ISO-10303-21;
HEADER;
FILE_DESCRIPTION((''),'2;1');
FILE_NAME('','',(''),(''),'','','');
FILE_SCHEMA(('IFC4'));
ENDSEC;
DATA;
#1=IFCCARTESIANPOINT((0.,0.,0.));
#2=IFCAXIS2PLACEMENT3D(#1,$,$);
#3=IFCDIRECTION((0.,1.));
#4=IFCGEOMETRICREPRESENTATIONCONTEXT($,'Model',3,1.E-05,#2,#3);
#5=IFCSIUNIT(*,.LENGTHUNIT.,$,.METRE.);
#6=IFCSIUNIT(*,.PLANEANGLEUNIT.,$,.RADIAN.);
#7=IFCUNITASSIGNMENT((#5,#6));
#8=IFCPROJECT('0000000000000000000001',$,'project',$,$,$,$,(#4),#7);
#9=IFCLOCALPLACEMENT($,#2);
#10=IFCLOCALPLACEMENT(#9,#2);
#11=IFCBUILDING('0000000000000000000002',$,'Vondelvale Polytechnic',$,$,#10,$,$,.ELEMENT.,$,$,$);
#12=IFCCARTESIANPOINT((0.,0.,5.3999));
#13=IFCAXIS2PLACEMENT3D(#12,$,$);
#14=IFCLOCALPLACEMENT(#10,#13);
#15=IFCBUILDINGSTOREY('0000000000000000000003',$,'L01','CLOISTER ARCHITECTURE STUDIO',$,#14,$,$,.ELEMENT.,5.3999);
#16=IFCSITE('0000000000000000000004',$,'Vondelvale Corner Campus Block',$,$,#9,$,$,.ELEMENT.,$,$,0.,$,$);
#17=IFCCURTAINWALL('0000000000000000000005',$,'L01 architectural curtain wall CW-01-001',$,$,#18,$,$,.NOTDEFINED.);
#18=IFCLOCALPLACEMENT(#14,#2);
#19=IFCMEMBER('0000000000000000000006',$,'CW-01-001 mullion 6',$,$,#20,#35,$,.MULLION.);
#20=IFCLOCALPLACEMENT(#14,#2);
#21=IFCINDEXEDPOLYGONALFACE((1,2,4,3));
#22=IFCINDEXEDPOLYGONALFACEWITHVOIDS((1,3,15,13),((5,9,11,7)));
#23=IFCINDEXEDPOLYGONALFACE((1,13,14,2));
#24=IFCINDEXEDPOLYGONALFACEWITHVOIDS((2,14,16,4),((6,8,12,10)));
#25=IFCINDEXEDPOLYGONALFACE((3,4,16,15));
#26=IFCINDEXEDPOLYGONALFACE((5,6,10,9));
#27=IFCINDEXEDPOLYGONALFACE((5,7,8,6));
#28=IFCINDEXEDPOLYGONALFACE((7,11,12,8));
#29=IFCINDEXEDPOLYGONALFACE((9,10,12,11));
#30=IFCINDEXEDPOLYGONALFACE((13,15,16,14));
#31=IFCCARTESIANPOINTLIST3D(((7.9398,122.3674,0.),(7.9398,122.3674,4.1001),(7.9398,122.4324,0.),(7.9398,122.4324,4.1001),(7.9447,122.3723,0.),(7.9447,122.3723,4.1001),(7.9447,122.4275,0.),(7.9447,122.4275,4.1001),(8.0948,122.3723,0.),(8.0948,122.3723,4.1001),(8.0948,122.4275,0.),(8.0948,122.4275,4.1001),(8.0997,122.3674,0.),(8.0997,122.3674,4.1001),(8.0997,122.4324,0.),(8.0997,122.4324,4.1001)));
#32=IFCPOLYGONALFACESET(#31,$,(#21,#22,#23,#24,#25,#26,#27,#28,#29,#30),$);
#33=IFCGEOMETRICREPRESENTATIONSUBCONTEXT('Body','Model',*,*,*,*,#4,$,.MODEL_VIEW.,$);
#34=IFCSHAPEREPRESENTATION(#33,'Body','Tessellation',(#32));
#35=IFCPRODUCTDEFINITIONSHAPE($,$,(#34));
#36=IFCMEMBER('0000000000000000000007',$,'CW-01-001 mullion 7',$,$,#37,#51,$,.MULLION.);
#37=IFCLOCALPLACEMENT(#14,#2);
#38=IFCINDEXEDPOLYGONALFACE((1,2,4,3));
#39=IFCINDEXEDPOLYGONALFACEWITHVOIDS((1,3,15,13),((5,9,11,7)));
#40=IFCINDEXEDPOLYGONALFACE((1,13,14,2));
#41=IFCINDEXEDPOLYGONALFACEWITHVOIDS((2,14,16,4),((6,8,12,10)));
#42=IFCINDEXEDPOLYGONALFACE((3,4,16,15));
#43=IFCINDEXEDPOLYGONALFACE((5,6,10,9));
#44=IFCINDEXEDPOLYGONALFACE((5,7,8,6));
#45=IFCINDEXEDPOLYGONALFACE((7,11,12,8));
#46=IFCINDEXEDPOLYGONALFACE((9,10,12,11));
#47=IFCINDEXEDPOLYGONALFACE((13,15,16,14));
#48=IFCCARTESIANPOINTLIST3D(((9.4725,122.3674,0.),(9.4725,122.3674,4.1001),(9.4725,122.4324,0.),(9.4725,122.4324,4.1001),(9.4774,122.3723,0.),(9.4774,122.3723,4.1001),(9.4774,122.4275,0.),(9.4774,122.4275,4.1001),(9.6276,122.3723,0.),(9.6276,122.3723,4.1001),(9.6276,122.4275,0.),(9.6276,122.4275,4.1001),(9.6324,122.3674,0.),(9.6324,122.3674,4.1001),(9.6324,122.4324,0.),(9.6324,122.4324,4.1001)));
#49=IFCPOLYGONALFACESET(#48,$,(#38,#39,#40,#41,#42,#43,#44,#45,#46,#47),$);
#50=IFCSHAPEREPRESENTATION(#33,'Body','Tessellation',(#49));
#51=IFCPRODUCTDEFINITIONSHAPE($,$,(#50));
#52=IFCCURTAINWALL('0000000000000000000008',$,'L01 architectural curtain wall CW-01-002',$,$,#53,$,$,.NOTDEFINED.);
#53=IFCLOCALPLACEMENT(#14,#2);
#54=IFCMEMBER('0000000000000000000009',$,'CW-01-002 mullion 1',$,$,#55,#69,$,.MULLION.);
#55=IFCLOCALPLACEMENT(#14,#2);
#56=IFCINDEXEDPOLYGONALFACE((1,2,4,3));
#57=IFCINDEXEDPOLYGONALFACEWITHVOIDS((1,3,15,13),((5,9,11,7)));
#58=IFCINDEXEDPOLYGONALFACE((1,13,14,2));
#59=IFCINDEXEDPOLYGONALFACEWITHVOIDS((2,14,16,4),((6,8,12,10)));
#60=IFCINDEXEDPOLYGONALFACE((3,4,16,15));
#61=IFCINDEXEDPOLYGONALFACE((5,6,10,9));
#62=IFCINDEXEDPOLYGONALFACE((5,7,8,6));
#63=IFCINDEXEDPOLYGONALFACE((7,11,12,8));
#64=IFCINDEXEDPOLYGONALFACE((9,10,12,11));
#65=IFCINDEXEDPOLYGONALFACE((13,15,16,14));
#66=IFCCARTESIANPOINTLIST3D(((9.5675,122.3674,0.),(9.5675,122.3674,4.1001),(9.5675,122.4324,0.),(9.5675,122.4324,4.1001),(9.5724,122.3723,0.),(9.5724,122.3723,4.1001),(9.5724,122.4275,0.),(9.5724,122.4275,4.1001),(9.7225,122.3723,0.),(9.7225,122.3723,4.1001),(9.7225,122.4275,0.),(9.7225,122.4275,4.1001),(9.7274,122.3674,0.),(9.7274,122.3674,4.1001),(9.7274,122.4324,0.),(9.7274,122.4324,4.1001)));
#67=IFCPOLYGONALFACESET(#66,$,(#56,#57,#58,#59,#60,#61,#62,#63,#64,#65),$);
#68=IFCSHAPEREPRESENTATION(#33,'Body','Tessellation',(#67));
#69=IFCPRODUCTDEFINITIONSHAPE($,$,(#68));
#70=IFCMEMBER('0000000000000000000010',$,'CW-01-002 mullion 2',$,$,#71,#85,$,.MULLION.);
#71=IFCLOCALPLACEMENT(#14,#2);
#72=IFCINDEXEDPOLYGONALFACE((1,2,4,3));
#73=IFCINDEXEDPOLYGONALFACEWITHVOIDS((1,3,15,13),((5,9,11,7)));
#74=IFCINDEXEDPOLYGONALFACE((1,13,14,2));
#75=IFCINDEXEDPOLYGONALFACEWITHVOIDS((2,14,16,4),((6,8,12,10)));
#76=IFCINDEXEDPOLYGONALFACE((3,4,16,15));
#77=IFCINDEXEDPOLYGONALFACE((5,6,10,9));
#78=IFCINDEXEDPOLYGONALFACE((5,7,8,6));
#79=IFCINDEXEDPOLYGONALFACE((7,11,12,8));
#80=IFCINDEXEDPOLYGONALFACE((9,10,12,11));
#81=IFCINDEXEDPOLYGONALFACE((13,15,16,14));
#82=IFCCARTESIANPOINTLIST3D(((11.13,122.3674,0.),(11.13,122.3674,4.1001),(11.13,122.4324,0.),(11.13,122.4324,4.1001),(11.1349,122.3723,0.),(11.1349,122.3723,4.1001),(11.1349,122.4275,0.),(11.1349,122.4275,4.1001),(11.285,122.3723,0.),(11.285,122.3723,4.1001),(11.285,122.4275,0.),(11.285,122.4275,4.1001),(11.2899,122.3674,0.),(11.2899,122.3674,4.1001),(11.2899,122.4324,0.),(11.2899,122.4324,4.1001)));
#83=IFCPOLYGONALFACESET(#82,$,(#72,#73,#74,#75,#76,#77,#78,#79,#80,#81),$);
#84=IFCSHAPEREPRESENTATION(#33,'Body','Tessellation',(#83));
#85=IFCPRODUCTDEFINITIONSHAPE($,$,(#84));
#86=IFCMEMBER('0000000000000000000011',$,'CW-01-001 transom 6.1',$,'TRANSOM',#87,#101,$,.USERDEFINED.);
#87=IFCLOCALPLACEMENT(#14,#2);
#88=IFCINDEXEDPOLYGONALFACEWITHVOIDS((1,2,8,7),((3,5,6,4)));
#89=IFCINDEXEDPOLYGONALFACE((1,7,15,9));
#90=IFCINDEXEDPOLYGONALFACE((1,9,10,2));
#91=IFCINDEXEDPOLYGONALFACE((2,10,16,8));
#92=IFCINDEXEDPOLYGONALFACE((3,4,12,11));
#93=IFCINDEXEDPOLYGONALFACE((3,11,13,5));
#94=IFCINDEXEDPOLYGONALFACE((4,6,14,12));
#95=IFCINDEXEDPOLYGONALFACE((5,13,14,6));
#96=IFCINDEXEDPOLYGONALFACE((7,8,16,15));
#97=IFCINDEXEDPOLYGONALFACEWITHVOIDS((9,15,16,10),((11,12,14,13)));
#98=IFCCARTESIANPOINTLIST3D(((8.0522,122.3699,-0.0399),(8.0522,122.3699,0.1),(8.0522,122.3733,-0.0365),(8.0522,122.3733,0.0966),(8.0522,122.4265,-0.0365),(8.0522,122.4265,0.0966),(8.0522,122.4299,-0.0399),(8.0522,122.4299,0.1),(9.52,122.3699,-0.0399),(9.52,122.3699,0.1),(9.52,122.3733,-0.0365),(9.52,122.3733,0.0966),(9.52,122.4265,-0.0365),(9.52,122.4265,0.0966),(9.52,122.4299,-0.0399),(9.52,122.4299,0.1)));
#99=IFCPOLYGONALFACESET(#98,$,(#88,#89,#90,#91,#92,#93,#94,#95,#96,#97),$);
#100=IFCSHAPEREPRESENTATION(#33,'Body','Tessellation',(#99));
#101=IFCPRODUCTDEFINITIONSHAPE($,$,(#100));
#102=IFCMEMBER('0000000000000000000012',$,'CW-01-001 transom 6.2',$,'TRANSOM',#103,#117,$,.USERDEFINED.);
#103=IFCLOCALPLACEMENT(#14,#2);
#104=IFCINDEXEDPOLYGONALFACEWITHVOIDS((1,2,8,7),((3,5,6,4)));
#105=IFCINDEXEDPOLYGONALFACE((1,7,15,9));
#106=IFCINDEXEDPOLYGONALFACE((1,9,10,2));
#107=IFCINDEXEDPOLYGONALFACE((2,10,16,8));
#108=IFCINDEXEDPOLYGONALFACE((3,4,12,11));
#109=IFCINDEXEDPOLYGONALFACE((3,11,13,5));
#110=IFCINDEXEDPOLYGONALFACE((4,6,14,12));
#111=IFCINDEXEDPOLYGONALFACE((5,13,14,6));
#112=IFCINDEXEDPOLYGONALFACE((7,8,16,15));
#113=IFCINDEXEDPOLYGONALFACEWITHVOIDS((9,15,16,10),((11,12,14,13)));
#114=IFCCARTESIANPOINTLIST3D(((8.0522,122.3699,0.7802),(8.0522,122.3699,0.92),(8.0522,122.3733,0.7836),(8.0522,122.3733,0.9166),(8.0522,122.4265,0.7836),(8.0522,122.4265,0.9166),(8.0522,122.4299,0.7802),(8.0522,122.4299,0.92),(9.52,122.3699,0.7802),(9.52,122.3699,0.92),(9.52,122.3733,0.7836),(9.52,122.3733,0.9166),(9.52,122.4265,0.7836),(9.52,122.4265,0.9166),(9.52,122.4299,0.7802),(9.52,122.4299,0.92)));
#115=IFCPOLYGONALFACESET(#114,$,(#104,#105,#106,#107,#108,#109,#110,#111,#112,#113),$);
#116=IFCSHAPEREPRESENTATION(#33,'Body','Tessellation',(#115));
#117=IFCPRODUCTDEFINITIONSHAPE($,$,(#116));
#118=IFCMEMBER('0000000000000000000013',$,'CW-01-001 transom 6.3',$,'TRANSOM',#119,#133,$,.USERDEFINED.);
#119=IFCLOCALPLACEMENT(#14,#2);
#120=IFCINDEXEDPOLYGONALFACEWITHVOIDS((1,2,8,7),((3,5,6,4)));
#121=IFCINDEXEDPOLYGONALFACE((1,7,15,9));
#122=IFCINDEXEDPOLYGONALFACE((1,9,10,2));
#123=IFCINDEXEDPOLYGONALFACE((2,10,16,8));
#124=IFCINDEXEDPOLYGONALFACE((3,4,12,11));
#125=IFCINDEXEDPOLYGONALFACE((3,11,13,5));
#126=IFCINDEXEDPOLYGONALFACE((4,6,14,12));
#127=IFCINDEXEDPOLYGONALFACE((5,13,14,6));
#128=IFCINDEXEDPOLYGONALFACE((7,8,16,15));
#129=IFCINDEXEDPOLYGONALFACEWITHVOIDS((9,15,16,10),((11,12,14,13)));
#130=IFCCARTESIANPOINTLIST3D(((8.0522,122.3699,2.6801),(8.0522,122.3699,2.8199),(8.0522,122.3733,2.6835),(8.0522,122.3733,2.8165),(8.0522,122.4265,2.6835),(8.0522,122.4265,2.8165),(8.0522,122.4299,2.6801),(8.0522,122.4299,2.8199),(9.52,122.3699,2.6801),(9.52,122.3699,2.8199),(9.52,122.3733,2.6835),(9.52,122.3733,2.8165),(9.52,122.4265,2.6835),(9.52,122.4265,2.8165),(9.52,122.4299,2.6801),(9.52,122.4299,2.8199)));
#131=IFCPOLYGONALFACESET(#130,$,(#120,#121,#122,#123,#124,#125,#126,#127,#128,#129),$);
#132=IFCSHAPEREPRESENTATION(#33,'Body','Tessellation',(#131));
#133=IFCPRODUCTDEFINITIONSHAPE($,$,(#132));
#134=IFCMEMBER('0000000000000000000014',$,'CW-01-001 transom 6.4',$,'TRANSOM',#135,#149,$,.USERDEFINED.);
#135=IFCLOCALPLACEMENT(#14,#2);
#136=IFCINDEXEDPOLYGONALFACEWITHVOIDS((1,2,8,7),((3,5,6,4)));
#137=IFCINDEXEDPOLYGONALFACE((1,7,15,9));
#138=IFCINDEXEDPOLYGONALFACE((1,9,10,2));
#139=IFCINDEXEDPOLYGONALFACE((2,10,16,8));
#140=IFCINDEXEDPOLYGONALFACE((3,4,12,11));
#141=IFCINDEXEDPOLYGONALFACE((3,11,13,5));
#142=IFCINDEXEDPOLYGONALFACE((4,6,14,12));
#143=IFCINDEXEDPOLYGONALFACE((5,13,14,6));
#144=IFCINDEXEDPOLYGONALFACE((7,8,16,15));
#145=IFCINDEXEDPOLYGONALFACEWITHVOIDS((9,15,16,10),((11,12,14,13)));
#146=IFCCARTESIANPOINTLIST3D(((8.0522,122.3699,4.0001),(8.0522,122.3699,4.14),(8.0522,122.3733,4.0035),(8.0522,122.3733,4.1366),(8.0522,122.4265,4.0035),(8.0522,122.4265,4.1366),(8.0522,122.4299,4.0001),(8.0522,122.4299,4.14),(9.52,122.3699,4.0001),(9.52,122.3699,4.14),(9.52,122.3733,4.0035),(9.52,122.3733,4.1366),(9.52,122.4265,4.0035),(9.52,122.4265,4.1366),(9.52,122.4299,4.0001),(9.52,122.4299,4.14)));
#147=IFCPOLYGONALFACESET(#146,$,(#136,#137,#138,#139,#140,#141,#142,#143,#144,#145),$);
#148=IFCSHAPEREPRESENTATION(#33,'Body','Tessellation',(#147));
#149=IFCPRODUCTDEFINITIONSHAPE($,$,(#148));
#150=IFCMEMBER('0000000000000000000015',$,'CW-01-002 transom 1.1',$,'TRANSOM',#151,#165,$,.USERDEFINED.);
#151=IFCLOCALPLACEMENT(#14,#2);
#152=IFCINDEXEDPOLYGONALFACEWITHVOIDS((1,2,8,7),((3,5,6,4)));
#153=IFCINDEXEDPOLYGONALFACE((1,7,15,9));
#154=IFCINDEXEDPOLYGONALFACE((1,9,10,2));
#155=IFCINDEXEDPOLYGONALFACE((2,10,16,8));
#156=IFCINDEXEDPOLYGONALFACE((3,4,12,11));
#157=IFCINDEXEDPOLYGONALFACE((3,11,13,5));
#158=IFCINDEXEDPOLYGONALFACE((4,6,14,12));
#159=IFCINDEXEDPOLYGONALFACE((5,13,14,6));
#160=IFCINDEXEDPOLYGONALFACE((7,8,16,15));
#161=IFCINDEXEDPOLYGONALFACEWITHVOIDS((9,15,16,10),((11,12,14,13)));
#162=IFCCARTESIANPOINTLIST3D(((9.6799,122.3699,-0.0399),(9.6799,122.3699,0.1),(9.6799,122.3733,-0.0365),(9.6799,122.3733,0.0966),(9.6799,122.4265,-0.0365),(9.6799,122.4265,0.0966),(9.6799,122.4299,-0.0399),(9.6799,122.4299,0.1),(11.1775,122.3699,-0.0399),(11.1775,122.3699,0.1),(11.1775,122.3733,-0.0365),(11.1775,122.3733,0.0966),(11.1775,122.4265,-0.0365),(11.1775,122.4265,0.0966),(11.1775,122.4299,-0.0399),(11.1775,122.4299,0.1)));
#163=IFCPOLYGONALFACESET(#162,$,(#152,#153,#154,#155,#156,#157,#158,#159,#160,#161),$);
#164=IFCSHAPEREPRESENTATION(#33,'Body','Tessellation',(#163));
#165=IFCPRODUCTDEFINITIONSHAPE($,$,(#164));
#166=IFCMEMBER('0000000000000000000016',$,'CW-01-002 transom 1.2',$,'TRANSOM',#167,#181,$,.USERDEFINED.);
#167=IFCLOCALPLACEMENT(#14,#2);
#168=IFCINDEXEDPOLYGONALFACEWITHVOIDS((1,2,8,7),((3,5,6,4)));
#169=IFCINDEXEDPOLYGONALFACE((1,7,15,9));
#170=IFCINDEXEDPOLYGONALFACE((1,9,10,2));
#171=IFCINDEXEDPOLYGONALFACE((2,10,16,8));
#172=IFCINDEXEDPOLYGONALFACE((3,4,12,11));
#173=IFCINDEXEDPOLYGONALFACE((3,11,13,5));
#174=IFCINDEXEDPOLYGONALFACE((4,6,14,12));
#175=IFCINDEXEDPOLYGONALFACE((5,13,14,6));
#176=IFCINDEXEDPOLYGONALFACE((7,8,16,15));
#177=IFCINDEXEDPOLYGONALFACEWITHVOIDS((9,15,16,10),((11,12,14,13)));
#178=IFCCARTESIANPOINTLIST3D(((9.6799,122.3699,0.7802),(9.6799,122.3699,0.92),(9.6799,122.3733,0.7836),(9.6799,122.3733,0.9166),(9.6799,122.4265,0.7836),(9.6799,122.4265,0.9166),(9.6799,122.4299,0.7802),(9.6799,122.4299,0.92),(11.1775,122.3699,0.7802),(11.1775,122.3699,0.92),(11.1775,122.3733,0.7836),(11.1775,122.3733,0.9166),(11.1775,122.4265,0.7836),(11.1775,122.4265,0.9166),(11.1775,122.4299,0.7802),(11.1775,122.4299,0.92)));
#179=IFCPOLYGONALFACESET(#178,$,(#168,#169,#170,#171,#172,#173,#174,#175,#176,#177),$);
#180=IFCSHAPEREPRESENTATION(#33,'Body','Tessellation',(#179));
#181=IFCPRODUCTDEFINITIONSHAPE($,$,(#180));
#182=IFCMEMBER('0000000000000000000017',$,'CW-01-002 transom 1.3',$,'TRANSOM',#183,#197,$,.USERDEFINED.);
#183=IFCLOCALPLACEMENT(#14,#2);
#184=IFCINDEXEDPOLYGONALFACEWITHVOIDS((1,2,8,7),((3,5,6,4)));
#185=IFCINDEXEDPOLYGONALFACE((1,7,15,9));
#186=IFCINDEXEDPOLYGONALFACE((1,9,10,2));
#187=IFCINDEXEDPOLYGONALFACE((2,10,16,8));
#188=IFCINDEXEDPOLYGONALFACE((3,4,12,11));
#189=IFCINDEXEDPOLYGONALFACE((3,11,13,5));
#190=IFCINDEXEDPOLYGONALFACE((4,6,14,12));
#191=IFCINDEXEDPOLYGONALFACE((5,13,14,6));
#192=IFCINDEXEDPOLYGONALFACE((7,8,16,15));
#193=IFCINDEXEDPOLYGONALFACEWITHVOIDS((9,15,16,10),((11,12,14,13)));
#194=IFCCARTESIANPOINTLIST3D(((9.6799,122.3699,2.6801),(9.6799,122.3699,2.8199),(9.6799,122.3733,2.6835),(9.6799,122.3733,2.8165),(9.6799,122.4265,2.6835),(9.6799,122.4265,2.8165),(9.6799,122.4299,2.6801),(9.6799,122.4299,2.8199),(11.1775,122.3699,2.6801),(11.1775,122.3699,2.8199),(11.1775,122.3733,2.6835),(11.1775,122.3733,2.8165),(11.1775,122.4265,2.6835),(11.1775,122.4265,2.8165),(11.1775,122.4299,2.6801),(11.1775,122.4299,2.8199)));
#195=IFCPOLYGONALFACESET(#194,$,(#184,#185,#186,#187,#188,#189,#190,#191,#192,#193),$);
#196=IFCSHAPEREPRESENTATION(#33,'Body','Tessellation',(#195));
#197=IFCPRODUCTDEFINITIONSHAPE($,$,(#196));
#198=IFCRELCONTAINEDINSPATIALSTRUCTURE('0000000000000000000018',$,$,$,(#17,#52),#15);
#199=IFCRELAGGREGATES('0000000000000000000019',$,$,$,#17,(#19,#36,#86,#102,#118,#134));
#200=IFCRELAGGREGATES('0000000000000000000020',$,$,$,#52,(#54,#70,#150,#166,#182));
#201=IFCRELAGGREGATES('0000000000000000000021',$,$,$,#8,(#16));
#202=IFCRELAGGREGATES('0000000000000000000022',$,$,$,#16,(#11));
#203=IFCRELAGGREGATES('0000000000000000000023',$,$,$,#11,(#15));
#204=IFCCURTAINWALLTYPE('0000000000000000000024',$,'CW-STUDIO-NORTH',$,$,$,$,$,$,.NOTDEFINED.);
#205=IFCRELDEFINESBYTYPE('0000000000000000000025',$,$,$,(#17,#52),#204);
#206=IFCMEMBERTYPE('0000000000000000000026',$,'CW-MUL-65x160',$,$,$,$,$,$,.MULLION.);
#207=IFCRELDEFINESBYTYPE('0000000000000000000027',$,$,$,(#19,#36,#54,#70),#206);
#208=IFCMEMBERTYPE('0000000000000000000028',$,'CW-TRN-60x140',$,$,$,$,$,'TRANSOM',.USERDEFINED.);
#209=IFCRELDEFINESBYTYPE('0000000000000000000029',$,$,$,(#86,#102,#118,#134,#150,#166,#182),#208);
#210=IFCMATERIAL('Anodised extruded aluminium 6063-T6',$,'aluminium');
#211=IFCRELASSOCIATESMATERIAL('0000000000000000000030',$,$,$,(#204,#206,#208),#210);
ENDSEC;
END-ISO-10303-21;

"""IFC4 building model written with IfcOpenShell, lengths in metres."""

from ifc_helpers import new_model, si_unit, direction, frame, origin, origin_2d, place, context, subcontext, project, spatial, hollow_rectangle, extrude, material, material_profile, profile_set, type_object, element, aggregate, save


model = new_model("IFC4")

# Units and contexts
model_context = context("Model", 3, precision=1e-05, world=origin(), true_north=direction((0.0, 1.0)))
body_context = subcontext(model_context, "Body", "Model", "MODEL_VIEW")
ifc_project = project(units=[si_unit("LENGTHUNIT", "METRE"), si_unit("PLANEANGLEUNIT", "RADIAN")], contexts=[model_context])

# Site, building, storey
site_placement = place(None, origin())
site = spatial("IfcSite", under=ifc_project, at=site_placement, Name="Vondelvale Corner Campus Block", CompositionType="ELEMENT", RefElevation=0.0)
building_placement = place(site_placement, origin())
building = spatial("IfcBuilding", under=site, at=building_placement, Name="Vondelvale Polytechnic", CompositionType="ELEMENT")
storey_placement = place(building_placement, frame((0.0, 0.0, 5.3999)))
storey = spatial("IfcBuildingStorey", under=building, at=storey_placement, Name="L01", Description="CLOISTER ARCHITECTURE STUDIO", CompositionType="ELEMENT", Elevation=5.3999)

# Curtain walls, members
ifc_material_1 = material(Name="Anodised extruded aluminium 6063-T6", Category="aluminium")
curtain_wall_type = type_object("IfcCurtainWallType", Name="CW-STUDIO-NORTH", PredefinedType="NOTDEFINED", material=ifc_material_1)
curtain_wall_1_placement = place(storey_placement, origin())
curtain_wall_1 = element("IfcCurtainWall", 1, at=curtain_wall_1_placement, inside=storey, type_object=curtain_wall_type, Name="L01 architectural curtain wall CW-01-001", PredefinedType="NOTDEFINED")
ifc_material_profile_1 = material_profile(ifc_material_1, hollow_rectangle(XDim=0.0649, YDim=0.1599, WallThickness=0.0049, at=origin_2d()), Name="CW-MUL-160x65")
ifc_profile_set_1 = profile_set([ifc_material_profile_1], Name="Anodised extruded aluminium 6063-T6")
member_type_1 = type_object("IfcMemberType", Name="CW-MUL-65x160", PredefinedType="MULLION", material=ifc_profile_set_1)
member_1_placement = place(storey_placement, frame((8.0198, 122.3999, 0.0), z_axis=(0.0, 0.0, 1.0), x_axis=(0.0, 1.0, 0.0)))
member_1 = element("IfcMember", 2, at=member_1_placement, type_object=member_type_1, Name="CW-01-001 mullion 6", PredefinedType="MULLION", context=body_context, shape_type="SweptSolid", body=[
    extrude(hollow_rectangle(XDim=0.0649, YDim=0.1599, WallThickness=0.0049, at=origin_2d()), origin(), (0.0, 0.0, 1.0), 4.1001),
])
member_2_placement = place(storey_placement, frame((9.5525, 122.3999, 0.0), z_axis=(0.0, 0.0, 1.0), x_axis=(0.0, 1.0, 0.0)))
member_2 = element("IfcMember", 3, at=member_2_placement, type_object=member_type_1, Name="CW-01-001 mullion 7", PredefinedType="MULLION", context=body_context, shape_type="SweptSolid", body=[
    extrude(hollow_rectangle(XDim=0.0649, YDim=0.1599, WallThickness=0.0049, at=origin_2d()), origin(), (0.0, 0.0, 1.0), 4.1001),
])
curtain_wall_2_placement = place(storey_placement, origin())
curtain_wall_2 = element("IfcCurtainWall", 4, at=curtain_wall_2_placement, inside=storey, type_object=curtain_wall_type, Name="L01 architectural curtain wall CW-01-002", PredefinedType="NOTDEFINED")
member_3_placement = place(storey_placement, frame((9.6475, 122.3999, 0.0), z_axis=(0.0, 0.0, 1.0), x_axis=(0.0, 1.0, 0.0)))
member_3 = element("IfcMember", 5, at=member_3_placement, type_object=member_type_1, Name="CW-01-002 mullion 1", PredefinedType="MULLION", context=body_context, shape_type="SweptSolid", body=[
    extrude(hollow_rectangle(XDim=0.0649, YDim=0.1599, WallThickness=0.0049, at=origin_2d()), origin(), (0.0, 0.0, 1.0), 4.1001),
])
member_4_placement = place(storey_placement, frame((11.21, 122.3999, 0.0), z_axis=(0.0, 0.0, 1.0), x_axis=(0.0, 1.0, 0.0)))
member_4 = element("IfcMember", 6, at=member_4_placement, type_object=member_type_1, Name="CW-01-002 mullion 2", PredefinedType="MULLION", context=body_context, shape_type="SweptSolid", body=[
    extrude(hollow_rectangle(XDim=0.0649, YDim=0.1599, WallThickness=0.0049, at=origin_2d()), origin(), (0.0, 0.0, 1.0), 4.1001),
])

# Members
ifc_material_profile_2 = material_profile(ifc_material_1, hollow_rectangle(XDim=0.0601, YDim=0.1399, WallThickness=0.0034, at=origin_2d()), Name="CW-TRN-140x60")
ifc_profile_set_2 = profile_set([ifc_material_profile_2], Name="Anodised extruded aluminium 6063-T6")
member_type_2 = type_object("IfcMemberType", Name="CW-TRN-60x140", ElementType="TRANSOM", PredefinedType="USERDEFINED", material=ifc_profile_set_2)
member_5_placement = place(storey_placement, frame((8.0522, 122.3999, 0.03), z_axis=(1.0, 0.0, 0.0), x_axis=(0.0, 1.0, 0.0)))
member_5 = element("IfcMember", 7, at=member_5_placement, type_object=member_type_2, Name="CW-01-001 transom 6.1", ObjectType="TRANSOM", PredefinedType="USERDEFINED", context=body_context, shape_type="SweptSolid", body=[
    extrude(hollow_rectangle(XDim=0.0601, YDim=0.1399, WallThickness=0.0034, at=origin_2d()), origin(), (0.0, 0.0, 1.0), 1.4678),
])
member_6_placement = place(storey_placement, frame((8.0522, 122.3999, 0.8501), z_axis=(1.0, 0.0, 0.0), x_axis=(0.0, 1.0, 0.0)))
member_6 = element("IfcMember", 8, at=member_6_placement, type_object=member_type_2, Name="CW-01-001 transom 6.2", ObjectType="TRANSOM", PredefinedType="USERDEFINED", context=body_context, shape_type="SweptSolid", body=[
    extrude(hollow_rectangle(XDim=0.0601, YDim=0.1399, WallThickness=0.0034, at=origin_2d()), origin(), (0.0, 0.0, 1.0), 1.4678),
])
member_7_placement = place(storey_placement, frame((8.0522, 122.3999, 2.75), z_axis=(1.0, 0.0, 0.0), x_axis=(0.0, 1.0, 0.0)))
member_7 = element("IfcMember", 9, at=member_7_placement, type_object=member_type_2, Name="CW-01-001 transom 6.3", ObjectType="TRANSOM", PredefinedType="USERDEFINED", context=body_context, shape_type="SweptSolid", body=[
    extrude(hollow_rectangle(XDim=0.0601, YDim=0.1399, WallThickness=0.0034, at=origin_2d()), origin(), (0.0, 0.0, 1.0), 1.4678),
])
member_8_placement = place(storey_placement, frame((8.0522, 122.3999, 4.0701), z_axis=(1.0, 0.0, 0.0), x_axis=(0.0, 1.0, 0.0)))
member_8 = element("IfcMember", 10, at=member_8_placement, type_object=member_type_2, Name="CW-01-001 transom 6.4", ObjectType="TRANSOM", PredefinedType="USERDEFINED", context=body_context, shape_type="SweptSolid", body=[
    extrude(hollow_rectangle(XDim=0.0601, YDim=0.1399, WallThickness=0.0034, at=origin_2d()), origin(), (0.0, 0.0, 1.0), 1.4678),
])
member_9_placement = place(storey_placement, frame((9.6799, 122.3999, 0.03), z_axis=(1.0, 0.0, 0.0), x_axis=(0.0, 1.0, 0.0)))
member_9 = element("IfcMember", 11, at=member_9_placement, type_object=member_type_2, Name="CW-01-002 transom 1.1", ObjectType="TRANSOM", PredefinedType="USERDEFINED", context=body_context, shape_type="SweptSolid", body=[
    extrude(hollow_rectangle(XDim=0.0601, YDim=0.1399, WallThickness=0.0034, at=origin_2d()), origin(), (0.0, 0.0, 1.0), 1.4976),
])
member_10_placement = place(storey_placement, frame((9.6799, 122.3999, 0.8501), z_axis=(1.0, 0.0, 0.0), x_axis=(0.0, 1.0, 0.0)))
member_10 = element("IfcMember", 12, at=member_10_placement, type_object=member_type_2, Name="CW-01-002 transom 1.2", ObjectType="TRANSOM", PredefinedType="USERDEFINED", context=body_context, shape_type="SweptSolid", body=[
    extrude(hollow_rectangle(XDim=0.0601, YDim=0.1399, WallThickness=0.0034, at=origin_2d()), origin(), (0.0, 0.0, 1.0), 1.4976),
])
member_11_placement = place(storey_placement, frame((9.6799, 122.3999, 2.75), z_axis=(1.0, 0.0, 0.0), x_axis=(0.0, 1.0, 0.0)))
member_11 = element("IfcMember", 13, at=member_11_placement, type_object=member_type_2, Name="CW-01-002 transom 1.3", ObjectType="TRANSOM", PredefinedType="USERDEFINED", context=body_context, shape_type="SweptSolid", body=[
    extrude(hollow_rectangle(XDim=0.0601, YDim=0.1399, WallThickness=0.0034, at=origin_2d()), origin(), (0.0, 0.0, 1.0), 1.4976),
])

aggregate(curtain_wall_1, [member_1, member_2, member_5, member_6, member_7, member_8])
aggregate(curtain_wall_2, [member_3, member_4, member_9, member_10, member_11])

save(model, "model.ifc")
